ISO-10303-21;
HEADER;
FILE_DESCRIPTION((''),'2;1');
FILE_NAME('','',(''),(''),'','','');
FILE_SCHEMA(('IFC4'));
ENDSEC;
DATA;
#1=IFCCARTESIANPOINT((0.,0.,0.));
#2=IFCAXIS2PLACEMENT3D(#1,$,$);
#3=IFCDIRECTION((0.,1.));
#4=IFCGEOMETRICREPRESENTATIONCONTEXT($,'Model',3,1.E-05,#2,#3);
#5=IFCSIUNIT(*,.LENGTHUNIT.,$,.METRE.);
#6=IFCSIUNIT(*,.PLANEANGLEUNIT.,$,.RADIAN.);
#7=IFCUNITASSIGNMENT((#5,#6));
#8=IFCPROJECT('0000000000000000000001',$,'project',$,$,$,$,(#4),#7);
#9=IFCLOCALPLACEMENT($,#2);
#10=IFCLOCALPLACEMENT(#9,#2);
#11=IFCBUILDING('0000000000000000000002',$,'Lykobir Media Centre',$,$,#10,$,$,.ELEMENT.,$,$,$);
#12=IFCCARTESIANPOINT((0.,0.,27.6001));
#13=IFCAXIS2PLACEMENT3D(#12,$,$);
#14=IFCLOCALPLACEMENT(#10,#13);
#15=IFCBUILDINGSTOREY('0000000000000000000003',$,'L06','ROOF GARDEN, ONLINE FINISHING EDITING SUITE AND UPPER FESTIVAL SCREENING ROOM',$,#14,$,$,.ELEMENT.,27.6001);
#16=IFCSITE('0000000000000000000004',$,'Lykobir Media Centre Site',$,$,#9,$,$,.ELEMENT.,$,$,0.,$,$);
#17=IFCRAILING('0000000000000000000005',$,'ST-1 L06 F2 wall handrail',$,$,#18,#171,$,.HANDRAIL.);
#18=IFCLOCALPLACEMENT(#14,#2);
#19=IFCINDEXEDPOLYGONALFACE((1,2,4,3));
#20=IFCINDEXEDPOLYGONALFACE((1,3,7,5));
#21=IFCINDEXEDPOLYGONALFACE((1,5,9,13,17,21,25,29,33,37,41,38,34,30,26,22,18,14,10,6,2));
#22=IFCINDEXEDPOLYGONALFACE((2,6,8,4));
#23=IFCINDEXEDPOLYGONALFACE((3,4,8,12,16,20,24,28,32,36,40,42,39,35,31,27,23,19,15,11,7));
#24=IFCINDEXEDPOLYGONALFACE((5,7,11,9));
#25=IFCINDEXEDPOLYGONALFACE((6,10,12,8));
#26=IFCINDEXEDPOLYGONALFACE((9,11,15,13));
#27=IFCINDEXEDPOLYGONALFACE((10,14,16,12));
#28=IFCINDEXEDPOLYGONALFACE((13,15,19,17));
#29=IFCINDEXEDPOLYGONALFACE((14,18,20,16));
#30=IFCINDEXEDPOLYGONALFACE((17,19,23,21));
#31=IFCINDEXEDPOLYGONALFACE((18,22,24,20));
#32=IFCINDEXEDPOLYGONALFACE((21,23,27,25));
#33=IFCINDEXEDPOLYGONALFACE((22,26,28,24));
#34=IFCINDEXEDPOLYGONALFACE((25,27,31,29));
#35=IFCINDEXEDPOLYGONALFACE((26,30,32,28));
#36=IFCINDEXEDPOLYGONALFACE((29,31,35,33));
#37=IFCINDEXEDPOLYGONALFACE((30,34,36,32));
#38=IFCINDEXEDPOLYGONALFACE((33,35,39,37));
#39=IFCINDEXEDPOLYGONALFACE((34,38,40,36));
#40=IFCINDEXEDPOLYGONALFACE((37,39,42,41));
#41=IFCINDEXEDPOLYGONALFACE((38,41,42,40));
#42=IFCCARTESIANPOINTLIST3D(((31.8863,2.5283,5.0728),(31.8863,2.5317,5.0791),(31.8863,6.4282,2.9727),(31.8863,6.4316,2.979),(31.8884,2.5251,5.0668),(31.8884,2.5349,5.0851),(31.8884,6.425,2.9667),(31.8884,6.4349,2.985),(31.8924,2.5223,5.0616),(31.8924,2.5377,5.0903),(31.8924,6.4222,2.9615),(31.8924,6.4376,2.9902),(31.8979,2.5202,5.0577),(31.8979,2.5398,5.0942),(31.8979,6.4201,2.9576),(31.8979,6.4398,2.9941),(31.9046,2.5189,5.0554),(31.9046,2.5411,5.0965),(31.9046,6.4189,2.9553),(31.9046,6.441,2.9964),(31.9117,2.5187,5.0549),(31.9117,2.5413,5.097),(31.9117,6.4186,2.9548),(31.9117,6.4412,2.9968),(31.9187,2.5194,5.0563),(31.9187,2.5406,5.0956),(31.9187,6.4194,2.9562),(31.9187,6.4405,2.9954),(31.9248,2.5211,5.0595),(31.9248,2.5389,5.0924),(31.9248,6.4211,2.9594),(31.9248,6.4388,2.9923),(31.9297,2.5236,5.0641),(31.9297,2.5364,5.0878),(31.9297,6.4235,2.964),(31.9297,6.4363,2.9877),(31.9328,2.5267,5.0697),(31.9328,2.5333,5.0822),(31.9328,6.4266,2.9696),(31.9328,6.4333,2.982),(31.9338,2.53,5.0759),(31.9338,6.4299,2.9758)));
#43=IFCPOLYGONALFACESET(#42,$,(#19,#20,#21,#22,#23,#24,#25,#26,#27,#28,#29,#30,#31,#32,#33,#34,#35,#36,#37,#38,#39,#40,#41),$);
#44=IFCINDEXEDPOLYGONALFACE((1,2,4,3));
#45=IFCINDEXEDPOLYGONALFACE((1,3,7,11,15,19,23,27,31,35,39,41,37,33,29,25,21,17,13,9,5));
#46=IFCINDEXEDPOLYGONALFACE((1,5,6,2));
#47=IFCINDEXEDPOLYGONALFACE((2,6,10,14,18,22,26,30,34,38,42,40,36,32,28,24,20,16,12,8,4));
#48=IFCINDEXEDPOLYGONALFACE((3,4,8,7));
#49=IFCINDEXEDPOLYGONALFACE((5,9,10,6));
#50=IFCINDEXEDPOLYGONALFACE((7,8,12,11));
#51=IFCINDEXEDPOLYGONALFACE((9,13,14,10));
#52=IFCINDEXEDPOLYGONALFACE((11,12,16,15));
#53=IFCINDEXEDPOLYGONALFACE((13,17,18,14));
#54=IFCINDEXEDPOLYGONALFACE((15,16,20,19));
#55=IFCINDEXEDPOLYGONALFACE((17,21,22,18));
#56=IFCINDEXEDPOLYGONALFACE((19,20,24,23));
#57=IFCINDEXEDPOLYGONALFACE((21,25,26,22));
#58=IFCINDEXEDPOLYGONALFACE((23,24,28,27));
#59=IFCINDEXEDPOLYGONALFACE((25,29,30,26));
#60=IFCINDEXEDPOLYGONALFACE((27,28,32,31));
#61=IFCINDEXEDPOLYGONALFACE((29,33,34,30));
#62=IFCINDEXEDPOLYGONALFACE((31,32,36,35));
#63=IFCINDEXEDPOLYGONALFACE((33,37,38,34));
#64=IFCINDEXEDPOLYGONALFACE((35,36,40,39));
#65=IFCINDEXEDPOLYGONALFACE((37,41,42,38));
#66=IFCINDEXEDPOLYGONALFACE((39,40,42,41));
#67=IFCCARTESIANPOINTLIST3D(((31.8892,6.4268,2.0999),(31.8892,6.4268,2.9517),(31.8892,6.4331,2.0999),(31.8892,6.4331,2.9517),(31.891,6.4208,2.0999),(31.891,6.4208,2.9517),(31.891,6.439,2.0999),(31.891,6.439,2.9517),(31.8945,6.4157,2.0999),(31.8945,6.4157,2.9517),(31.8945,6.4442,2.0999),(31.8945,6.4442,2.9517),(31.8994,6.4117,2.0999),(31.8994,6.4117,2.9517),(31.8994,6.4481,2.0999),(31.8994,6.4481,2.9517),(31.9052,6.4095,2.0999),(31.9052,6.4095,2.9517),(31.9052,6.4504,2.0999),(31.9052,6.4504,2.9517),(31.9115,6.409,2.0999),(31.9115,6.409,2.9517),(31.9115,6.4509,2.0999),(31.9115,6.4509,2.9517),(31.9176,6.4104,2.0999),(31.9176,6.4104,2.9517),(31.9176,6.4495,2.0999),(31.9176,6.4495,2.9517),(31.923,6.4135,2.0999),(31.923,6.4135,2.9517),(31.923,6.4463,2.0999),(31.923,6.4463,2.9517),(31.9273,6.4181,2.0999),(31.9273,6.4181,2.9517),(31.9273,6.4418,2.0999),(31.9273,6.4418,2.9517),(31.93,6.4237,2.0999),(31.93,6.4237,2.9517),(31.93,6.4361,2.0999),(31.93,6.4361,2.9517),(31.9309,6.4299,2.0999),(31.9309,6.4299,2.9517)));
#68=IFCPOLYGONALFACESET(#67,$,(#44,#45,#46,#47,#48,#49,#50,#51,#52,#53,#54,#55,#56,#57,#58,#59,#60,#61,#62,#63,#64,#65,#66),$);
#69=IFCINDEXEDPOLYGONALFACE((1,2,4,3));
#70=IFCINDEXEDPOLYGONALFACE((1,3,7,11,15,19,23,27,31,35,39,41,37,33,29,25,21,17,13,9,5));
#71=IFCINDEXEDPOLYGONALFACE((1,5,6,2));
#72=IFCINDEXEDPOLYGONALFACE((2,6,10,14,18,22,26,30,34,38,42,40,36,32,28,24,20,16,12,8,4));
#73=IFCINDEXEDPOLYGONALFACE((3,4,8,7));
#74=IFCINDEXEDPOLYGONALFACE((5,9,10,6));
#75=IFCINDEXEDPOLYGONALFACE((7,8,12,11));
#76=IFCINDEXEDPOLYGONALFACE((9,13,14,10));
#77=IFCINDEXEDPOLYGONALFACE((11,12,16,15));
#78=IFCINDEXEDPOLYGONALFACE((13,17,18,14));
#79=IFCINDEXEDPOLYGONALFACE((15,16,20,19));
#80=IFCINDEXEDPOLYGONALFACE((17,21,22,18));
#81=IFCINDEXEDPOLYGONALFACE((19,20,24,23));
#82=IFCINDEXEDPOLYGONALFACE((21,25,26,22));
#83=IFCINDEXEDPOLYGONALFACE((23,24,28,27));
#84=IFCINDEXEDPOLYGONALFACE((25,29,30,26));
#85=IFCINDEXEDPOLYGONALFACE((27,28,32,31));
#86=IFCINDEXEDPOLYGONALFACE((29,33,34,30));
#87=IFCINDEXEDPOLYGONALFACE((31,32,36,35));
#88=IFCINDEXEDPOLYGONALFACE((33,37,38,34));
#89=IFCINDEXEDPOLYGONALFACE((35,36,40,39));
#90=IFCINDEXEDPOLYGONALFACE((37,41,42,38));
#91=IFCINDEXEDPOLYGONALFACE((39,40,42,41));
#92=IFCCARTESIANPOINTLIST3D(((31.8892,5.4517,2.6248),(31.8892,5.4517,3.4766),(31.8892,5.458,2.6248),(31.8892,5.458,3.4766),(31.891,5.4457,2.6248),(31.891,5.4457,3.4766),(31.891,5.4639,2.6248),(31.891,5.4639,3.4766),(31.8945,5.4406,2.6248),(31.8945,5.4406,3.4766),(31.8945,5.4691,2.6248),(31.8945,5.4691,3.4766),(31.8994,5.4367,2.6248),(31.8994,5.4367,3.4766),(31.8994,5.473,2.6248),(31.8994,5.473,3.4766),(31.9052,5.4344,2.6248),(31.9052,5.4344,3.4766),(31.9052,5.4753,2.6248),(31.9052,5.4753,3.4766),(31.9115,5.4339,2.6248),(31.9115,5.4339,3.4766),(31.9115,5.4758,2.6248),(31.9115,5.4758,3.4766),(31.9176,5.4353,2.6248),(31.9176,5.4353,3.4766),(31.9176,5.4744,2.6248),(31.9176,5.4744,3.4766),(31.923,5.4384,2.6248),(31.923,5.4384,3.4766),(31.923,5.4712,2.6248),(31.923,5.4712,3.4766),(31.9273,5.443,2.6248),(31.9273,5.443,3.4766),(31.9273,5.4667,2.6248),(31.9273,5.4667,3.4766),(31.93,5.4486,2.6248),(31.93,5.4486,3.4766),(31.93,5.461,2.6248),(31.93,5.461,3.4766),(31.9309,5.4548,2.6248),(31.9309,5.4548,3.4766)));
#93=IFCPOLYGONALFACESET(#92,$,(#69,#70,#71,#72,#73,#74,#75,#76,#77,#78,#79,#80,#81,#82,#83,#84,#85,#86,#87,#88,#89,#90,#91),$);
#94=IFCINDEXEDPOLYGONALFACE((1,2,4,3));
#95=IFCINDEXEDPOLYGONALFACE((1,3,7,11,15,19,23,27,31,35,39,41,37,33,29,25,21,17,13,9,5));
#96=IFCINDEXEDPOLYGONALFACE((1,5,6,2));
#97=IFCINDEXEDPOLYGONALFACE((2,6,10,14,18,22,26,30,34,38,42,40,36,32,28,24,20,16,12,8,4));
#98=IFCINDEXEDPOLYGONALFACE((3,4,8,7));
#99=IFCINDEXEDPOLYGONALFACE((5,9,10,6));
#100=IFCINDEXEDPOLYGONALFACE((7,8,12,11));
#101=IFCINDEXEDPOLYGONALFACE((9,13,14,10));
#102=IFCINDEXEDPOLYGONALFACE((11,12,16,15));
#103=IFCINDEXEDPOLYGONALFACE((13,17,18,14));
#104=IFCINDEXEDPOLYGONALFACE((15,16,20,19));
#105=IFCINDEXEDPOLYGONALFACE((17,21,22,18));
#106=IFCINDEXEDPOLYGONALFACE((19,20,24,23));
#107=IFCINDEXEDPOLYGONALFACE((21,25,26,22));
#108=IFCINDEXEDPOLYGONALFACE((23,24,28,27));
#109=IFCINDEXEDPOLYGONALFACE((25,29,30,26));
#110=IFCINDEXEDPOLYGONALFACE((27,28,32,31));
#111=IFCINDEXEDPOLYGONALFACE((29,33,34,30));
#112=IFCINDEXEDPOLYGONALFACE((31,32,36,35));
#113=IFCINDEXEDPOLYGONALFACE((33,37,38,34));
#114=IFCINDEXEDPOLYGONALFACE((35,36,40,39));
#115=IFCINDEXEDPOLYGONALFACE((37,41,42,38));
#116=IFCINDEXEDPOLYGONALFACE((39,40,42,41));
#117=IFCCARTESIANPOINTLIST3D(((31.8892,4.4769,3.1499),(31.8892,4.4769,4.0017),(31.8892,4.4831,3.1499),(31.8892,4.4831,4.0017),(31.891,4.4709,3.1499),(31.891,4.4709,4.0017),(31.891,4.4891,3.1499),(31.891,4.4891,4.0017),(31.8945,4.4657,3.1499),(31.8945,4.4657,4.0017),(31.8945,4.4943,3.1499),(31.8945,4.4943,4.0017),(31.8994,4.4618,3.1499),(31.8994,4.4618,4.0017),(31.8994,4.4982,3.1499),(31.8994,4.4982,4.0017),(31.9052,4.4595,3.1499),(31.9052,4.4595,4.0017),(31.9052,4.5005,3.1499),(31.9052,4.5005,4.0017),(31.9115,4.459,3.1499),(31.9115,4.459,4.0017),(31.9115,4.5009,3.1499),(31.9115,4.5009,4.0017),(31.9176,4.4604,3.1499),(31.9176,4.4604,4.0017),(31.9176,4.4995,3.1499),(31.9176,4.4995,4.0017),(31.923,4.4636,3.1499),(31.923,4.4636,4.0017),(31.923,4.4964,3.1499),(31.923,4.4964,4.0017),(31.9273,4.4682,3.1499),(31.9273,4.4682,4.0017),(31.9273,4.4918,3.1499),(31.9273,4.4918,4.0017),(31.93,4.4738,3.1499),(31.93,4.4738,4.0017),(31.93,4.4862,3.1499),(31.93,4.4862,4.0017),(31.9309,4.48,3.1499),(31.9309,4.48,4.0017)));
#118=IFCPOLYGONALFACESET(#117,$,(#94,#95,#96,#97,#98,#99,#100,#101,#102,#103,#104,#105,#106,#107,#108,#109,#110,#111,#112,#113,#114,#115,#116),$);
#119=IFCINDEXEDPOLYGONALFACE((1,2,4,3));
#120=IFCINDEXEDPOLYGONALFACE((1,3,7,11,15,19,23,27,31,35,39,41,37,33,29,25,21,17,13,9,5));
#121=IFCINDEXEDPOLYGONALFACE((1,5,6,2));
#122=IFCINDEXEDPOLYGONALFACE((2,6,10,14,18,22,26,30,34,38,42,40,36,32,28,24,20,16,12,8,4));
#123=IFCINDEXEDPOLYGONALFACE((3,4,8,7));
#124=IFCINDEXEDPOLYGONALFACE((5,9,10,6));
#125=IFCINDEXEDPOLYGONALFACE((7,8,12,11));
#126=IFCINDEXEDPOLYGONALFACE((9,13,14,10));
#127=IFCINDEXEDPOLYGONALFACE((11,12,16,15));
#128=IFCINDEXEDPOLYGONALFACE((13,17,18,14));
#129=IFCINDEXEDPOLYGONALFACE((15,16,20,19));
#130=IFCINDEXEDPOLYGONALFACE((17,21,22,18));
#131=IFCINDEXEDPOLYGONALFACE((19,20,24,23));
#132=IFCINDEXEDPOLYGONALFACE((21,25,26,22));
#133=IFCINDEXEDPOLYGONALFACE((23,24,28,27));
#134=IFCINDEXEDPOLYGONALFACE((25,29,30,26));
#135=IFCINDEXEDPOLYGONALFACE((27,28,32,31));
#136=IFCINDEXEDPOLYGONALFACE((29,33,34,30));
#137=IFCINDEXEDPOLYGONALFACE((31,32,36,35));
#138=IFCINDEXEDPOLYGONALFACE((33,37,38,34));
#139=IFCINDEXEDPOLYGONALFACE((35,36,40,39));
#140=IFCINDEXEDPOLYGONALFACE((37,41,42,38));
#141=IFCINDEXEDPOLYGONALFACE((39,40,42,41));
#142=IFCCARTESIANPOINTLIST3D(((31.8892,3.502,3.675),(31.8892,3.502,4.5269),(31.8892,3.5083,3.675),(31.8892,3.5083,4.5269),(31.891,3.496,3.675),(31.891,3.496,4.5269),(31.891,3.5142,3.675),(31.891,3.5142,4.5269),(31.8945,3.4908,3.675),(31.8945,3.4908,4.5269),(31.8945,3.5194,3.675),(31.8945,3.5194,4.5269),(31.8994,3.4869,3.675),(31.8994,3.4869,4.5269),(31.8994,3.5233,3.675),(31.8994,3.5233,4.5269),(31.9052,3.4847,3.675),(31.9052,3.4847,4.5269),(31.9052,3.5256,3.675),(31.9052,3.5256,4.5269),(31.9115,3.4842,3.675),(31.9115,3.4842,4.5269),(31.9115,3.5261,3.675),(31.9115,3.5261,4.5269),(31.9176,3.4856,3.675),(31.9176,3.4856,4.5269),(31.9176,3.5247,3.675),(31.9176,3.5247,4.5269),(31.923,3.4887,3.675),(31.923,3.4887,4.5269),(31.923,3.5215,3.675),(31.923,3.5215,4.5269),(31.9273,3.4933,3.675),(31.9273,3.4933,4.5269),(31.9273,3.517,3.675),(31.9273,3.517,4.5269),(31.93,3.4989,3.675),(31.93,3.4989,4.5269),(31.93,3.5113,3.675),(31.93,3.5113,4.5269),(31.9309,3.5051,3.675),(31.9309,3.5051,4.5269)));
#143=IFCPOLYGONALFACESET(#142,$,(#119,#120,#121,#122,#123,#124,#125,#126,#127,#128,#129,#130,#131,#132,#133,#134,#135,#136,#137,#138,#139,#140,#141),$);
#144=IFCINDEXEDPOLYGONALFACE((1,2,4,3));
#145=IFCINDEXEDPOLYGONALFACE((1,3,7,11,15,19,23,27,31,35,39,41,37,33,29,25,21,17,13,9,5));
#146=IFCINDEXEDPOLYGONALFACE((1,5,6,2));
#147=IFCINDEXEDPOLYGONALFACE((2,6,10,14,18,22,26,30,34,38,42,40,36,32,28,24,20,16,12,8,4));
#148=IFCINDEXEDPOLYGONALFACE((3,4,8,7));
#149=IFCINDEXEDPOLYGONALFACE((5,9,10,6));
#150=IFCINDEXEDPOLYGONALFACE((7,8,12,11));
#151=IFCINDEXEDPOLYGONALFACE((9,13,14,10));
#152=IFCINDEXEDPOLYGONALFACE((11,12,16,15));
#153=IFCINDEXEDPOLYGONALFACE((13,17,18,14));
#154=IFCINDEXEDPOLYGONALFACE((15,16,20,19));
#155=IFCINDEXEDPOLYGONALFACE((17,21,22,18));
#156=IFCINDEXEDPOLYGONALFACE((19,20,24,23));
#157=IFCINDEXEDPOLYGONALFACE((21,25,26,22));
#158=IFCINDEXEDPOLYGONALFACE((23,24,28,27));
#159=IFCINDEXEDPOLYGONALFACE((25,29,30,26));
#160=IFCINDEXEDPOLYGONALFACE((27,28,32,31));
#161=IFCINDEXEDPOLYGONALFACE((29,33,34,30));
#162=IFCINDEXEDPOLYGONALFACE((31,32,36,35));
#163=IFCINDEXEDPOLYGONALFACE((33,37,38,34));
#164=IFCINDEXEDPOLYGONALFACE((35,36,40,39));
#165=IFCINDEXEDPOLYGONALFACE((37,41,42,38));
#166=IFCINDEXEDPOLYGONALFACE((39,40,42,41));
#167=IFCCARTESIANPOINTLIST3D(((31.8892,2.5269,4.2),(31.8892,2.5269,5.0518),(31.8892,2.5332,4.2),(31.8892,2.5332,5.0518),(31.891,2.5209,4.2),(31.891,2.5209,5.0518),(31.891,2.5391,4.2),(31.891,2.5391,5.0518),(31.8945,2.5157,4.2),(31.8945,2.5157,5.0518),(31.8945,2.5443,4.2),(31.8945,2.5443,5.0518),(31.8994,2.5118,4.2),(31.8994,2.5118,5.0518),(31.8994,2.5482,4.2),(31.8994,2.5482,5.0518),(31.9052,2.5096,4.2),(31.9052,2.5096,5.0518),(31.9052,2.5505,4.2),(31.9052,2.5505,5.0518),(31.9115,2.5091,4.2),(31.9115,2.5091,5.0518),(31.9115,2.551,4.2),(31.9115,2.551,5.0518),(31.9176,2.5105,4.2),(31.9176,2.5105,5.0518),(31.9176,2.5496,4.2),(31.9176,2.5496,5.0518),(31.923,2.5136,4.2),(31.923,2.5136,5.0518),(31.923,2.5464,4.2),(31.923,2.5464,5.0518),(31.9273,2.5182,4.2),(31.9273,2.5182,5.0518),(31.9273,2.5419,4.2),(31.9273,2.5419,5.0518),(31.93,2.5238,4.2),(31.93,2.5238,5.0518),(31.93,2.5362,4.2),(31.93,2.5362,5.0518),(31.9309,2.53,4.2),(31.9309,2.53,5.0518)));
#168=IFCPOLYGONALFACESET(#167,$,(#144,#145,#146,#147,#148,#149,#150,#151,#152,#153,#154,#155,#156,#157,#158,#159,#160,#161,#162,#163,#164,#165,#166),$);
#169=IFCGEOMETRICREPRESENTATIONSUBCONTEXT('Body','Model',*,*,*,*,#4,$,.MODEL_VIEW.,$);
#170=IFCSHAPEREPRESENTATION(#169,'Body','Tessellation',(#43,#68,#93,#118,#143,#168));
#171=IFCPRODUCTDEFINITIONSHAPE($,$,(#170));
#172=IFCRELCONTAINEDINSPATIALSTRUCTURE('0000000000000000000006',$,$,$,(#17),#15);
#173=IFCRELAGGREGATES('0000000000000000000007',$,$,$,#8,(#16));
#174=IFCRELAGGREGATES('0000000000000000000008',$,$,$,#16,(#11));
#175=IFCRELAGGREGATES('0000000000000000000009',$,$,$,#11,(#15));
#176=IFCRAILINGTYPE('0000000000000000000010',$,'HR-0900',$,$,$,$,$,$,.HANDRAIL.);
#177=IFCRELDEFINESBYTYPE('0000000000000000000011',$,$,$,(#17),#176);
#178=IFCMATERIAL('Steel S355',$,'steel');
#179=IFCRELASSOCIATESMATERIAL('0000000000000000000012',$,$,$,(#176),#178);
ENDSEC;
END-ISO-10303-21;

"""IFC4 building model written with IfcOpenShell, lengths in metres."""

from ifc_helpers import new_model, si_unit, direction, frame, origin, origin_2d, place, context, subcontext, project, spatial, circle, extrude, material, type_object, element, save


model = new_model("IFC4")

# Units and contexts
model_context = context("Model", 3, precision=1e-05, world=origin(), true_north=direction((0.0, 1.0)))
body_context = subcontext(model_context, "Body", "Model", "MODEL_VIEW")
ifc_project = project(units=[si_unit("LENGTHUNIT", "METRE"), si_unit("PLANEANGLEUNIT", "RADIAN")], contexts=[model_context])

# Site, building, storey
site_placement = place(None, origin())
site = spatial("IfcSite", under=ifc_project, at=site_placement, Name="Lykobir Media Centre Site", CompositionType="ELEMENT", RefElevation=0.0)
building_placement = place(site_placement, origin())
building = spatial("IfcBuilding", under=site, at=building_placement, Name="Lykobir Media Centre", CompositionType="ELEMENT")
storey_placement = place(building_placement, frame((0.0, 0.0, 27.6001)))
storey = spatial("IfcBuildingStorey", under=building, at=storey_placement, Name="L06", Description="ROOF GARDEN, ONLINE FINISHING EDITING SUITE AND UPPER FESTIVAL SCREENING ROOM", CompositionType="ELEMENT", Elevation=27.6001)

# Shared definitions
ifc_material_1 = material(Name="Steel S355", Category="steel")

# Railing
railing_type_1 = type_object("IfcRailingType", Name="HR-0900", PredefinedType="HANDRAIL", material=ifc_material_1)
railing_1_placement = place(storey_placement, frame((31.9099, 6.4299, 2.0999)))
element("IfcRailing", 1, at=railing_1_placement, inside=storey, type_object=railing_type_1, Name="ST-1 L06 F2 wall handrail", PredefinedType="HANDRAIL", context=body_context, shape_type="SweptSolid", body=[
    extrude(circle(Radius=0.0239, at=origin_2d()), frame((0.0, 0.0, 0.876), z_axis=(0.0, -0.880457, 0.474126), x_axis=(1.0, 0.0, 0.0)), (0.0, 0.0, 1.0), 4.4294),
    extrude(circle(Radius=0.021, at=origin_2d()), origin(), (0.0, 0.0, 1.0), 0.8518),
    extrude(circle(Radius=0.021, at=origin_2d()), frame((0.0, -0.9751, 0.5249)), (0.0, 0.0, 1.0), 0.8518),
    extrude(circle(Radius=0.021, at=origin_2d()), frame((0.0, -1.95, 1.05)), (0.0, 0.0, 1.0), 0.8518),
    extrude(circle(Radius=0.021, at=origin_2d()), frame((0.0, -2.9248, 1.5752)), (0.0, 0.0, 1.0), 0.8518),
    extrude(circle(Radius=0.021, at=origin_2d()), frame((0.0, -3.8999, 2.1001)), (0.0, 0.0, 1.0), 0.8518),
])

save(model, "model.ifc")
